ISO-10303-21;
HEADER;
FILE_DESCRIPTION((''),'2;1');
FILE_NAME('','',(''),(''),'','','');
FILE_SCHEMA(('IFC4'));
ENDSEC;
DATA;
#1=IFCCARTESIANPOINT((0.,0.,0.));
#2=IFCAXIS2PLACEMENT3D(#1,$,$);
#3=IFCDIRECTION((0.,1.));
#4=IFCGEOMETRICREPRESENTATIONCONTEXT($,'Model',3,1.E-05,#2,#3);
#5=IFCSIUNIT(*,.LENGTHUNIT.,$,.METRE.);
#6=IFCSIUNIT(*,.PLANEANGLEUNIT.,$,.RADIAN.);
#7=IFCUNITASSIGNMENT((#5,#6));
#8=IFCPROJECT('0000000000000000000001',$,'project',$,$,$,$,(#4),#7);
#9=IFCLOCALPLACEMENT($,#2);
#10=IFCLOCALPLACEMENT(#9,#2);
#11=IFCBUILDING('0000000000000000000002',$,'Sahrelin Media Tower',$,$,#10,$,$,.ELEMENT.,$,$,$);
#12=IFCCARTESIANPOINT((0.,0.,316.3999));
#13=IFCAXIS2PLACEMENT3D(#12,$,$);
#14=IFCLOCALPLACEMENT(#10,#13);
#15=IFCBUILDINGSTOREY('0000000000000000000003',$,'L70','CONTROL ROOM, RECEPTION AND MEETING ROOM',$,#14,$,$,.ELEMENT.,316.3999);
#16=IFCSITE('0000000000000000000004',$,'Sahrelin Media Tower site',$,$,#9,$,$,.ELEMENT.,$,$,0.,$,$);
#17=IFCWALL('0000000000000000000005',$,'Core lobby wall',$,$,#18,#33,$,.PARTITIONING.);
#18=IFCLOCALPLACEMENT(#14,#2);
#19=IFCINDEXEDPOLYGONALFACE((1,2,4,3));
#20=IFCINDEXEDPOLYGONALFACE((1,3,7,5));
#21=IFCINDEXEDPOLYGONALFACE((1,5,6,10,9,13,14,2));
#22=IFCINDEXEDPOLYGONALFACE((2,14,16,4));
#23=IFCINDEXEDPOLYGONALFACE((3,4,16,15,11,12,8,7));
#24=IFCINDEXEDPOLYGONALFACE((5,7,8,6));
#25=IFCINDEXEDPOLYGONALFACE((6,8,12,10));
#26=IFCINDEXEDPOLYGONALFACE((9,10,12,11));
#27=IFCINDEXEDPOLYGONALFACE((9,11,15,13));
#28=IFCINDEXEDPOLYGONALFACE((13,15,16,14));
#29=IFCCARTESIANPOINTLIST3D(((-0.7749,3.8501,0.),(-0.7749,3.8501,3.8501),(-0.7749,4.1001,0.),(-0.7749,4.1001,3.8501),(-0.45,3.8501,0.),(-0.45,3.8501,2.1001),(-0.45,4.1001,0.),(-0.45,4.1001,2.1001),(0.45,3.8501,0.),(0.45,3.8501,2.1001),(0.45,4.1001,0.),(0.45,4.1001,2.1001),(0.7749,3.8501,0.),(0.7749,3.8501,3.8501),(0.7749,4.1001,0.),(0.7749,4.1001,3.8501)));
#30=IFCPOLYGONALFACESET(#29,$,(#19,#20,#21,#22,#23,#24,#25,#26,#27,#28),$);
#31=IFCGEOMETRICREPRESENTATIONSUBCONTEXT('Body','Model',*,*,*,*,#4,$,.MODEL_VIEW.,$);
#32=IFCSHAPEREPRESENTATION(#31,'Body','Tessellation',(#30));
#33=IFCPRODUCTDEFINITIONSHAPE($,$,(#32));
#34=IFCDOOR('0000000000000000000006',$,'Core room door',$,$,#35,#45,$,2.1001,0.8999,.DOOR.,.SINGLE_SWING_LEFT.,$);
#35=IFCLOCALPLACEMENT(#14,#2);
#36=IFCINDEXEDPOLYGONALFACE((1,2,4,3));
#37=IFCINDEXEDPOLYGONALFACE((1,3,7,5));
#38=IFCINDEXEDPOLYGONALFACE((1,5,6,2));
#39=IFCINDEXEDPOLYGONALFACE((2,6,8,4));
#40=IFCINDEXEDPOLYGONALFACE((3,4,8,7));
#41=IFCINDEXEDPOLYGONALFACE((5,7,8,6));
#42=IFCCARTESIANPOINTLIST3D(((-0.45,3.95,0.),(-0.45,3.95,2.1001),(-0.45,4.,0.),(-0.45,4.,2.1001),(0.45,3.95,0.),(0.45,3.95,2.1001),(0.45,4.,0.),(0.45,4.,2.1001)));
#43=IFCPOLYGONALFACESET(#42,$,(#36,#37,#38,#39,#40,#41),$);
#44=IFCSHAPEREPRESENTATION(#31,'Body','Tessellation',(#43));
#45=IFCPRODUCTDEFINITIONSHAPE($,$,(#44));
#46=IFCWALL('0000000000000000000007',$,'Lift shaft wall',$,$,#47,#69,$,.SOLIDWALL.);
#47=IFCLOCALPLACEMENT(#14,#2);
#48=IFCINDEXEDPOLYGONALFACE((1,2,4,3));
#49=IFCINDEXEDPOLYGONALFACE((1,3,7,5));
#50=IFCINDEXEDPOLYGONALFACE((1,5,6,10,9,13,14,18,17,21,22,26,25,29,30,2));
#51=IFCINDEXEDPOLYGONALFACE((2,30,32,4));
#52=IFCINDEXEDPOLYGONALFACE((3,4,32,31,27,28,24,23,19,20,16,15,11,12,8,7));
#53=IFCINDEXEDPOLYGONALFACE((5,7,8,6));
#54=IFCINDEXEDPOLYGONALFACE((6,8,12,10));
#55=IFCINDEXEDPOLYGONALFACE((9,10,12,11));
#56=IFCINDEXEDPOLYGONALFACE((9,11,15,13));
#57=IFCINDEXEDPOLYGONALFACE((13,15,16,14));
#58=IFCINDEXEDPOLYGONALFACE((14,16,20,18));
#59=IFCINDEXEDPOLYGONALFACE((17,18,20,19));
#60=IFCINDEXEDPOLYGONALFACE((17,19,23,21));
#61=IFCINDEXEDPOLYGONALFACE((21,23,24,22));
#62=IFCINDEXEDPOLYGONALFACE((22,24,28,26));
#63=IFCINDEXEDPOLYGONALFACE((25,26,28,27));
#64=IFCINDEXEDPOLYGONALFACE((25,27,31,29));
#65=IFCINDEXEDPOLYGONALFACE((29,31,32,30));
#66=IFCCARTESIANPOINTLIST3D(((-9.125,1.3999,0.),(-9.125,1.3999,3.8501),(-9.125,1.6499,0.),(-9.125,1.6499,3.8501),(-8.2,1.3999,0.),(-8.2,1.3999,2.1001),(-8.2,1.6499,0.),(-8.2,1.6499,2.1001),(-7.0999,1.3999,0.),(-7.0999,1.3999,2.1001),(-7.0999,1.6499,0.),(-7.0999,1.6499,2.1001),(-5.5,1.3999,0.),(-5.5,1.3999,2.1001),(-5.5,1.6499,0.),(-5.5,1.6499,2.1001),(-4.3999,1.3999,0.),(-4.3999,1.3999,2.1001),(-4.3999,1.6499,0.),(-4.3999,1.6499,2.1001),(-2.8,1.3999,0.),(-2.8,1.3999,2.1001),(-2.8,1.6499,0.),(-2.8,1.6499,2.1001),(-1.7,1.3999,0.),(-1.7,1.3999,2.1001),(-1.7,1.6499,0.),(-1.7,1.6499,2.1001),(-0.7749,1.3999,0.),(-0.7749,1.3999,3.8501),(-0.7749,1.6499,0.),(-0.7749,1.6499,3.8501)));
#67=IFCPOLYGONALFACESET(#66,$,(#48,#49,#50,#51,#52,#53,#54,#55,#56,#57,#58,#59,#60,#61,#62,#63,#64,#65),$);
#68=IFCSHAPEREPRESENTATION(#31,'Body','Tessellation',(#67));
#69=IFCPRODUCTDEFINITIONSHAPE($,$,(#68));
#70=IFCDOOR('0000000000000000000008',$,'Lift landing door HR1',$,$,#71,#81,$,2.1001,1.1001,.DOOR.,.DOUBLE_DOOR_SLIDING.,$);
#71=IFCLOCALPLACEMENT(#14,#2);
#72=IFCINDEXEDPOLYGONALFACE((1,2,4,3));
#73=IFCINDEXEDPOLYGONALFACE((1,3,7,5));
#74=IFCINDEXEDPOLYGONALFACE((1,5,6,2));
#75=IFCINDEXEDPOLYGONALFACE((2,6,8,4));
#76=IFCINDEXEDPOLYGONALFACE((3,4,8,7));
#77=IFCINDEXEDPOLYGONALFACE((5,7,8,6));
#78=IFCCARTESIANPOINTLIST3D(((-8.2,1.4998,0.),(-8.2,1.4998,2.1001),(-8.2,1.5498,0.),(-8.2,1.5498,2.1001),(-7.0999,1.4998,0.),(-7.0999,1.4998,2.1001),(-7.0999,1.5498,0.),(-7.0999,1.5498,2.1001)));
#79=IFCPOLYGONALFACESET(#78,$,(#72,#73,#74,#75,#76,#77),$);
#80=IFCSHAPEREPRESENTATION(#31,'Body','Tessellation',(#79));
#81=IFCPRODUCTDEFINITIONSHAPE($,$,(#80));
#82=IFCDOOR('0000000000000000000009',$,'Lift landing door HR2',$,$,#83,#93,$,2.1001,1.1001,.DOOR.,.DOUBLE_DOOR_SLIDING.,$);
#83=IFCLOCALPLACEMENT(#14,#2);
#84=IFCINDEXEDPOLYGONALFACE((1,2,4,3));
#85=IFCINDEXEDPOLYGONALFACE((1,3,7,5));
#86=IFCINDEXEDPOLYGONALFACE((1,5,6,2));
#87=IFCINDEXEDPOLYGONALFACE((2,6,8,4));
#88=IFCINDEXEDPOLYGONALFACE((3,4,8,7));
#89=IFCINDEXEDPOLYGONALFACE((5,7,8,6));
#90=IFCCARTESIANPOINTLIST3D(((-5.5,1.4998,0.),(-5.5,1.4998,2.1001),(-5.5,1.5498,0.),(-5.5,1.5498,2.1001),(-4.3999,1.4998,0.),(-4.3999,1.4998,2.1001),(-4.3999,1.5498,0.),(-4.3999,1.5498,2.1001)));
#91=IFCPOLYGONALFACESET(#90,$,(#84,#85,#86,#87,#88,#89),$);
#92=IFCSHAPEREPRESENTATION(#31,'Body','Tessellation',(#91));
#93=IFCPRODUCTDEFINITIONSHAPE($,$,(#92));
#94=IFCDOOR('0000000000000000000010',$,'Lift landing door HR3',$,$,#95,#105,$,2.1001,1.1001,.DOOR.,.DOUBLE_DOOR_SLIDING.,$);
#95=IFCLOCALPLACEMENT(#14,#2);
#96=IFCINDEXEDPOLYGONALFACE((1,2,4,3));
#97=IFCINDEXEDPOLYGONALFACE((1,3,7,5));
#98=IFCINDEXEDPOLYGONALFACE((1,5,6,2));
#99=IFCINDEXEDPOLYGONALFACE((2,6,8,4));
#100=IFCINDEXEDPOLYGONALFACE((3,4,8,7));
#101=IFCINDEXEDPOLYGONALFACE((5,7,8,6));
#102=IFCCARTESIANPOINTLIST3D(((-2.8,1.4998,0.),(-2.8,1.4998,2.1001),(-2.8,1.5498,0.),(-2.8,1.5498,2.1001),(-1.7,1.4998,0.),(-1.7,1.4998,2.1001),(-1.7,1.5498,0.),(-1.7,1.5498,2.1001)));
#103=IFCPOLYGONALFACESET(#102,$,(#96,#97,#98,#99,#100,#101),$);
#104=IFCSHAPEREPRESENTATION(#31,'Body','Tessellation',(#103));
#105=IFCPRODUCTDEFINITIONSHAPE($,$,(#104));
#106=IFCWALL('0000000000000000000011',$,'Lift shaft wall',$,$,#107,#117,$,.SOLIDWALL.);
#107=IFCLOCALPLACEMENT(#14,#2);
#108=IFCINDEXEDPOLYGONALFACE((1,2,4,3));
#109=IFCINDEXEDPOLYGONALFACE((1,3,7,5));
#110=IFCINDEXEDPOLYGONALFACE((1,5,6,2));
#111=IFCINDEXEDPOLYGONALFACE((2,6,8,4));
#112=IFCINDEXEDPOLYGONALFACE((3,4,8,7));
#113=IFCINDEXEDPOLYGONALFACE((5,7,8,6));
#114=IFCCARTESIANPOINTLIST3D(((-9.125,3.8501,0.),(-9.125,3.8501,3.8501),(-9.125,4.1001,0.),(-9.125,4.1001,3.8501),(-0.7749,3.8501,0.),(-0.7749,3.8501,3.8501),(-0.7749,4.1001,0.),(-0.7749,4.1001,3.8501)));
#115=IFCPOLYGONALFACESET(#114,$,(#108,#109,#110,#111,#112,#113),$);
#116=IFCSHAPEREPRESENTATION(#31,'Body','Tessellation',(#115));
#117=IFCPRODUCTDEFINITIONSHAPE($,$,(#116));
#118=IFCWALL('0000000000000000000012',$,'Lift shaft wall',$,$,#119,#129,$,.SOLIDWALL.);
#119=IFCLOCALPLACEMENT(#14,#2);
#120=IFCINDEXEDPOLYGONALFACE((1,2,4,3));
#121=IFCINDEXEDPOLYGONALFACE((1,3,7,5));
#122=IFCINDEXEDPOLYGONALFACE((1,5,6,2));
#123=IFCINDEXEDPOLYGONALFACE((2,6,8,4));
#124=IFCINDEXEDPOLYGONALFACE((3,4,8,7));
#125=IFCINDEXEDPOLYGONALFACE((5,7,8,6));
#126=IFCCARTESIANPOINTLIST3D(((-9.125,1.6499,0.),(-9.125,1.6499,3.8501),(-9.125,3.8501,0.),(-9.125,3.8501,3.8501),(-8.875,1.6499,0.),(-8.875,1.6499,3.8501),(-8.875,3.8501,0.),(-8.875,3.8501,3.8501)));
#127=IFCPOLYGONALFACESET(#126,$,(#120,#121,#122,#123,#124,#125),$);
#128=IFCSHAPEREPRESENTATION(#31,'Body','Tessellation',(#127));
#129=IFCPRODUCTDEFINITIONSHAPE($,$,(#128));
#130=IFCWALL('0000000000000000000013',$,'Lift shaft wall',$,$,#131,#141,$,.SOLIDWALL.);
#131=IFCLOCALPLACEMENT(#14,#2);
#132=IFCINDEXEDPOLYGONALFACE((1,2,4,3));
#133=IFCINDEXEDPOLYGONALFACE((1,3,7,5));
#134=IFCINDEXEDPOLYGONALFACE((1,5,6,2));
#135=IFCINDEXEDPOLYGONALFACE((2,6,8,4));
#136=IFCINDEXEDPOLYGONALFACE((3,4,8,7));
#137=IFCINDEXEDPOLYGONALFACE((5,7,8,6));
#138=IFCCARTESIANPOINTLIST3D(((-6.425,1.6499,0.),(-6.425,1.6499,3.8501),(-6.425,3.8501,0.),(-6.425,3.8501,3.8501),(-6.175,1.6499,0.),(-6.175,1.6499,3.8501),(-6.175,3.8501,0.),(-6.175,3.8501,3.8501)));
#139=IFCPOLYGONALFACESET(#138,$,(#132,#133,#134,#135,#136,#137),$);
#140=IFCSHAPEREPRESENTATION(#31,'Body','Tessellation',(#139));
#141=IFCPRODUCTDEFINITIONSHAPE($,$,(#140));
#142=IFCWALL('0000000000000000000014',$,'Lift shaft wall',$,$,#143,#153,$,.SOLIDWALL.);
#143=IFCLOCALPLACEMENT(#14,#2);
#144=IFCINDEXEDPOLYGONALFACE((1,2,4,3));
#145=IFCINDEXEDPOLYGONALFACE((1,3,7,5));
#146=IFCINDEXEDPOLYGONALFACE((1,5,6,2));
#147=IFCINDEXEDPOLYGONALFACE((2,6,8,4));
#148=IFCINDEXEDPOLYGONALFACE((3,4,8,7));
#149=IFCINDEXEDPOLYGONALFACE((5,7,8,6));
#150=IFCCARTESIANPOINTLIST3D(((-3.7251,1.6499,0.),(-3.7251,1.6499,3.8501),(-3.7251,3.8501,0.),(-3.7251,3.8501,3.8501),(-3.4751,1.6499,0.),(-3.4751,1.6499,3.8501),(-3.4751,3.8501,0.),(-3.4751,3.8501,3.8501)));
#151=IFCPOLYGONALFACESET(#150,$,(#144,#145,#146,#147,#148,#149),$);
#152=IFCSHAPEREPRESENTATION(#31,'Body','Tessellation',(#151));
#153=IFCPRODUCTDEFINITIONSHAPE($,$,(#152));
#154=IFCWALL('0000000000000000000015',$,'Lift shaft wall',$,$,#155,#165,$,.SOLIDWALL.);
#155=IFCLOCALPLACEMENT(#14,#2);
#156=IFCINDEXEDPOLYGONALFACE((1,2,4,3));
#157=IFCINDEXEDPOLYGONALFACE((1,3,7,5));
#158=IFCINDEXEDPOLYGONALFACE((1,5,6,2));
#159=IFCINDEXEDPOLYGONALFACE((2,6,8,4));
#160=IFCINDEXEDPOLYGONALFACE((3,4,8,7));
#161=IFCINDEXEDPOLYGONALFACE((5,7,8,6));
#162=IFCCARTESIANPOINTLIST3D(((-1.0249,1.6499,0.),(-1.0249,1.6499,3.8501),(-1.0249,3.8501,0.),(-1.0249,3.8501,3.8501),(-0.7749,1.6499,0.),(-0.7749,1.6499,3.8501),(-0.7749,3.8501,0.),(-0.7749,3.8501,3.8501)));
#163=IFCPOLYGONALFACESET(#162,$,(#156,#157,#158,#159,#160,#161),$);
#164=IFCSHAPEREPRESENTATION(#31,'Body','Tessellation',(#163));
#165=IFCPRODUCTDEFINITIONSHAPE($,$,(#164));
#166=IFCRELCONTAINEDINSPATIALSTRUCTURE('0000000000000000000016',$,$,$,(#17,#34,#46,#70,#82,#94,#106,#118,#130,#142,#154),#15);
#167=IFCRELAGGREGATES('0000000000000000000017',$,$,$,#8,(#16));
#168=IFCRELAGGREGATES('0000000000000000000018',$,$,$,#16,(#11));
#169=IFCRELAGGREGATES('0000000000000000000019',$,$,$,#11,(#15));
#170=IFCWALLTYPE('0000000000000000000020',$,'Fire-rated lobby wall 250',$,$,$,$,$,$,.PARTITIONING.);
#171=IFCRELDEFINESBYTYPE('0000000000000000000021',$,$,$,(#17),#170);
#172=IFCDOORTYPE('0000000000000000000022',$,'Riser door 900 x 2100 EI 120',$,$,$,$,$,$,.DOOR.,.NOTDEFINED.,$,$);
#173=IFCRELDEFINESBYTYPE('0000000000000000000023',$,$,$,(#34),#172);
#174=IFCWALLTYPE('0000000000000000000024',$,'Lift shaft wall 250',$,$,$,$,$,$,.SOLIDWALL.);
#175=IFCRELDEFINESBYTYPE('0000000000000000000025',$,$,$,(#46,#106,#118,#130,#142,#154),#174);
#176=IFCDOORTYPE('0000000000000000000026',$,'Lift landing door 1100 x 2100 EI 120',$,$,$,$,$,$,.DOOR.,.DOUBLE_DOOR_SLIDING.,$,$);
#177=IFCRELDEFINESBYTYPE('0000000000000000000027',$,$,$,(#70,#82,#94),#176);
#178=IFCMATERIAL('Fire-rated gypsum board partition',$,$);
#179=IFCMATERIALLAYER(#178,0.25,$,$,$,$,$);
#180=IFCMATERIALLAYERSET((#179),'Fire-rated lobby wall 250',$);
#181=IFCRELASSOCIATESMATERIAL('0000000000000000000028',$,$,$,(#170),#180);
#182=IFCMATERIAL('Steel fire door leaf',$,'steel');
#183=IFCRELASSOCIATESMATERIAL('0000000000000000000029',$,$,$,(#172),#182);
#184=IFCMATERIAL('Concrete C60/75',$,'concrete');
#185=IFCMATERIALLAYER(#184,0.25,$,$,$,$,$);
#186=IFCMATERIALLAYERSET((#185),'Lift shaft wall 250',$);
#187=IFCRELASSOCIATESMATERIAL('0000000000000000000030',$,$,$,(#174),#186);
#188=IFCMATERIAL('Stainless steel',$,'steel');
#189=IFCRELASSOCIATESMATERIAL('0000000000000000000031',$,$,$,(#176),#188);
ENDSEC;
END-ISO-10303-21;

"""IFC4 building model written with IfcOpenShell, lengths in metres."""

from ifc_helpers import new_model, si_unit, direction, frame, frame_2d, origin, place, context, subcontext, project, spatial, rectangle, extrude, material, layer, layer_set, type_object, element, fill, save


model = new_model("IFC4")

# Units and contexts
model_context = context("Model", 3, precision=1e-05, world=origin(), true_north=direction((0.0, 1.0)))
body_context = subcontext(model_context, "Body", "Model", "MODEL_VIEW")
ifc_project = project(units=[si_unit("LENGTHUNIT", "METRE"), si_unit("PLANEANGLEUNIT", "RADIAN")], contexts=[model_context])

# Site, building, storey
site_placement = place(None, origin())
site = spatial("IfcSite", under=ifc_project, at=site_placement, Name="Sahrelin Media Tower site", CompositionType="ELEMENT", RefElevation=0.0)
building_placement = place(site_placement, origin())
building = spatial("IfcBuilding", under=site, at=building_placement, Name="Sahrelin Media Tower", CompositionType="ELEMENT")
storey_placement = place(building_placement, frame((0.0, 0.0, 316.3999)))
storey = spatial("IfcBuildingStorey", under=building, at=storey_placement, Name="L70", Description="CONTROL ROOM, RECEPTION AND MEETING ROOM", CompositionType="ELEMENT", Elevation=316.3999)

# Shared definitions
ifc_material_1 = material(Name="Concrete C60/75", Category="concrete")

# Wall, opening, door
ifc_material_2 = material(Name="Fire-rated gypsum board partition")
ifc_layer_1 = layer(ifc_material_2, 0.25)
ifc_layer_set_1 = layer_set([ifc_layer_1], Name="Fire-rated lobby wall 250")
wall_type_1 = type_object("IfcWallType", Name="Fire-rated lobby wall 250", PredefinedType="PARTITIONING", material=ifc_layer_set_1)
wall_1_placement = place(storey_placement, frame((-0.7749, 3.9751, 0.0), z_axis=(0.0, 0.0, 1.0), x_axis=(1.0, 0.0, 0.0)))
wall_1 = element("IfcWall", 1, at=wall_1_placement, inside=storey, type_object=wall_type_1, Name="Core lobby wall", PredefinedType="PARTITIONING", context=body_context, shape_type="SweptSolid", body=[
    extrude(rectangle(XDim=1.5498, YDim=0.25, at=frame_2d((0.7749, 0.0))), origin(), (0.0, 0.0, 1.0), 3.8501),
])
opening_1_placement = place(wall_1_placement, frame((0.325, 0.0, 0.0)))
opening_1 = element("IfcOpeningElement", 2, at=opening_1_placement, cuts=wall_1, PredefinedType="OPENING", context=body_context, shape_type="SweptSolid", body=[
    extrude(rectangle(XDim=0.8999, YDim=2.1001, at=frame_2d((0.45, 1.05))), frame((0.0, 0.125, 0.0), z_axis=(0.0, -1.0, 0.0), x_axis=(1.0, 0.0, 0.0)), (0.0, 0.0, 1.0), 0.25),
])
ifc_material_3 = material(Name="Steel fire door leaf", Category="steel")
door_type_1 = type_object("IfcDoorType", Name="Riser door 900 x 2100 EI 120", OperationType="NOTDEFINED", PredefinedType="DOOR", material=ifc_material_3)
door_1_placement = place(opening_1_placement, origin())
door_1 = element("IfcDoor", 3, at=door_1_placement, inside=storey, type_object=door_type_1, Name="Core room door", OperationType="SINGLE_SWING_LEFT", OverallHeight=2.1001, OverallWidth=0.8999, PredefinedType="DOOR", context=body_context, shape_type="SweptSolid", body=[
    extrude(rectangle(XDim=0.8999, YDim=2.1001, at=frame_2d((0.45, 1.05))), frame((0.0, 0.0249, 0.0), z_axis=(0.0, -1.0, 0.0), x_axis=(1.0, 0.0, 0.0)), (0.0, 0.0, 1.0), 0.05),
])
fill(opening_1, door_1)

# Wall, openings, doors
ifc_layer_2 = layer(ifc_material_1, 0.25)
ifc_layer_set_2 = layer_set([ifc_layer_2], Name="Lift shaft wall 250")
wall_type_2 = type_object("IfcWallType", Name="Lift shaft wall 250", PredefinedType="SOLIDWALL", material=ifc_layer_set_2)
wall_2_placement = place(storey_placement, frame((-9.125, 1.5249, 0.0), z_axis=(0.0, 0.0, 1.0), x_axis=(1.0, 0.0, 0.0)))
wall_2 = element("IfcWall", 4, at=wall_2_placement, inside=storey, type_object=wall_type_2, Name="Lift shaft wall", PredefinedType="SOLIDWALL", context=body_context, shape_type="SweptSolid", body=[
    extrude(rectangle(XDim=8.3501, YDim=0.25, at=frame_2d((4.175, 0.0))), origin(), (0.0, 0.0, 1.0), 3.8501),
])
opening_2_placement = place(wall_2_placement, frame((0.925, 0.0, 0.0)))
opening_2 = element("IfcOpeningElement", 5, at=opening_2_placement, cuts=wall_2, PredefinedType="OPENING", context=body_context, shape_type="SweptSolid", body=[
    extrude(rectangle(XDim=1.1001, YDim=2.1001, at=frame_2d((0.55, 1.05))), frame((0.0, 0.125, 0.0), z_axis=(0.0, -1.0, 0.0), x_axis=(1.0, 0.0, 0.0)), (0.0, 0.0, 1.0), 0.25),
])
opening_3_placement = place(wall_2_placement, frame((3.625, 0.0, 0.0)))
opening_3 = element("IfcOpeningElement", 6, at=opening_3_placement, cuts=wall_2, PredefinedType="OPENING", context=body_context, shape_type="SweptSolid", body=[
    extrude(rectangle(XDim=1.1001, YDim=2.1001, at=frame_2d((0.55, 1.05))), frame((0.0, 0.125, 0.0), z_axis=(0.0, -1.0, 0.0), x_axis=(1.0, 0.0, 0.0)), (0.0, 0.0, 1.0), 0.25),
])
opening_4_placement = place(wall_2_placement, frame((6.325, 0.0, 0.0)))
opening_4 = element("IfcOpeningElement", 7, at=opening_4_placement, cuts=wall_2, PredefinedType="OPENING", context=body_context, shape_type="SweptSolid", body=[
    extrude(rectangle(XDim=1.1001, YDim=2.1001, at=frame_2d((0.55, 1.05))), frame((0.0, 0.125, 0.0), z_axis=(0.0, -1.0, 0.0), x_axis=(1.0, 0.0, 0.0)), (0.0, 0.0, 1.0), 0.25),
])
ifc_material_4 = material(Name="Stainless steel", Category="steel")
door_type_2 = type_object("IfcDoorType", Name="Lift landing door 1100 x 2100 EI 120", OperationType="DOUBLE_DOOR_SLIDING", PredefinedType="DOOR", material=ifc_material_4)
door_2_placement = place(opening_2_placement, origin())
door_2 = element("IfcDoor", 8, at=door_2_placement, inside=storey, type_object=door_type_2, Name="Lift landing door HR1", OperationType="DOUBLE_DOOR_SLIDING", OverallHeight=2.1001, OverallWidth=1.1001, PredefinedType="DOOR", context=body_context, shape_type="SweptSolid", body=[
    extrude(rectangle(XDim=1.1001, YDim=2.1001, at=frame_2d((0.55, 1.05))), frame((0.0, 0.0249, 0.0), z_axis=(0.0, -1.0, 0.0), x_axis=(1.0, 0.0, 0.0)), (0.0, 0.0, 1.0), 0.05),
])
fill(opening_2, door_2)
door_3_placement = place(opening_3_placement, origin())
door_3 = element("IfcDoor", 9, at=door_3_placement, inside=storey, type_object=door_type_2, Name="Lift landing door HR2", OperationType="DOUBLE_DOOR_SLIDING", OverallHeight=2.1001, OverallWidth=1.1001, PredefinedType="DOOR", context=body_context, shape_type="SweptSolid", body=[
    extrude(rectangle(XDim=1.1001, YDim=2.1001, at=frame_2d((0.55, 1.05))), frame((0.0, 0.0249, 0.0), z_axis=(0.0, -1.0, 0.0), x_axis=(1.0, 0.0, 0.0)), (0.0, 0.0, 1.0), 0.05),
])
fill(opening_3, door_3)
door_4_placement = place(opening_4_placement, origin())
door_4 = element("IfcDoor", 10, at=door_4_placement, inside=storey, type_object=door_type_2, Name="Lift landing door HR3", OperationType="DOUBLE_DOOR_SLIDING", OverallHeight=2.1001, OverallWidth=1.1001, PredefinedType="DOOR", context=body_context, shape_type="SweptSolid", body=[
    extrude(rectangle(XDim=1.1001, YDim=2.1001, at=frame_2d((0.55, 1.05))), frame((0.0, 0.0249, 0.0), z_axis=(0.0, -1.0, 0.0), x_axis=(1.0, 0.0, 0.0)), (0.0, 0.0, 1.0), 0.05),
])
fill(opening_4, door_4)

# Walls
wall_3_placement = place(storey_placement, frame((-9.125, 3.9751, 0.0), z_axis=(0.0, 0.0, 1.0), x_axis=(1.0, 0.0, 0.0)))
element("IfcWall", 11, at=wall_3_placement, inside=storey, type_object=wall_type_2, Name="Lift shaft wall", PredefinedType="SOLIDWALL", context=body_context, shape_type="SweptSolid", body=[
    extrude(rectangle(XDim=8.3501, YDim=0.25, at=frame_2d((4.175, 0.0))), origin(), (0.0, 0.0, 1.0), 3.8501),
])
for number, where, z_axis, x_axis, name in (
    (12, (-9.0, 1.6499, 0.0), (0.0, 0.0, 1.0), (0.0, 1.0, 0.0), "Lift shaft wall"),
    (13, (-6.3, 1.6499, 0.0), (0.0, 0.0, 1.0), (0.0, 1.0, 0.0), "Lift shaft wall"),
    (14, (-3.6001, 1.6499, 0.0), (0.0, 0.0, 1.0), (0.0, 1.0, 0.0), "Lift shaft wall"),
    (15, (-0.8999, 1.6499, 0.0), (0.0, 0.0, 1.0), (0.0, 1.0, 0.0), "Lift shaft wall"),
):
    element("IfcWall", number, at=place(storey_placement, frame(where, z_axis=z_axis, x_axis=x_axis)), inside=storey, type_object=wall_type_2, Name=name, PredefinedType="SOLIDWALL", context=body_context, shape_type="SweptSolid", body=[
        extrude(rectangle(XDim=2.2002, YDim=0.25, at=frame_2d((1.1001, 0.0))), origin(), (0.0, 0.0, 1.0), 3.8501),
    ])

save(model, "model.ifc")
